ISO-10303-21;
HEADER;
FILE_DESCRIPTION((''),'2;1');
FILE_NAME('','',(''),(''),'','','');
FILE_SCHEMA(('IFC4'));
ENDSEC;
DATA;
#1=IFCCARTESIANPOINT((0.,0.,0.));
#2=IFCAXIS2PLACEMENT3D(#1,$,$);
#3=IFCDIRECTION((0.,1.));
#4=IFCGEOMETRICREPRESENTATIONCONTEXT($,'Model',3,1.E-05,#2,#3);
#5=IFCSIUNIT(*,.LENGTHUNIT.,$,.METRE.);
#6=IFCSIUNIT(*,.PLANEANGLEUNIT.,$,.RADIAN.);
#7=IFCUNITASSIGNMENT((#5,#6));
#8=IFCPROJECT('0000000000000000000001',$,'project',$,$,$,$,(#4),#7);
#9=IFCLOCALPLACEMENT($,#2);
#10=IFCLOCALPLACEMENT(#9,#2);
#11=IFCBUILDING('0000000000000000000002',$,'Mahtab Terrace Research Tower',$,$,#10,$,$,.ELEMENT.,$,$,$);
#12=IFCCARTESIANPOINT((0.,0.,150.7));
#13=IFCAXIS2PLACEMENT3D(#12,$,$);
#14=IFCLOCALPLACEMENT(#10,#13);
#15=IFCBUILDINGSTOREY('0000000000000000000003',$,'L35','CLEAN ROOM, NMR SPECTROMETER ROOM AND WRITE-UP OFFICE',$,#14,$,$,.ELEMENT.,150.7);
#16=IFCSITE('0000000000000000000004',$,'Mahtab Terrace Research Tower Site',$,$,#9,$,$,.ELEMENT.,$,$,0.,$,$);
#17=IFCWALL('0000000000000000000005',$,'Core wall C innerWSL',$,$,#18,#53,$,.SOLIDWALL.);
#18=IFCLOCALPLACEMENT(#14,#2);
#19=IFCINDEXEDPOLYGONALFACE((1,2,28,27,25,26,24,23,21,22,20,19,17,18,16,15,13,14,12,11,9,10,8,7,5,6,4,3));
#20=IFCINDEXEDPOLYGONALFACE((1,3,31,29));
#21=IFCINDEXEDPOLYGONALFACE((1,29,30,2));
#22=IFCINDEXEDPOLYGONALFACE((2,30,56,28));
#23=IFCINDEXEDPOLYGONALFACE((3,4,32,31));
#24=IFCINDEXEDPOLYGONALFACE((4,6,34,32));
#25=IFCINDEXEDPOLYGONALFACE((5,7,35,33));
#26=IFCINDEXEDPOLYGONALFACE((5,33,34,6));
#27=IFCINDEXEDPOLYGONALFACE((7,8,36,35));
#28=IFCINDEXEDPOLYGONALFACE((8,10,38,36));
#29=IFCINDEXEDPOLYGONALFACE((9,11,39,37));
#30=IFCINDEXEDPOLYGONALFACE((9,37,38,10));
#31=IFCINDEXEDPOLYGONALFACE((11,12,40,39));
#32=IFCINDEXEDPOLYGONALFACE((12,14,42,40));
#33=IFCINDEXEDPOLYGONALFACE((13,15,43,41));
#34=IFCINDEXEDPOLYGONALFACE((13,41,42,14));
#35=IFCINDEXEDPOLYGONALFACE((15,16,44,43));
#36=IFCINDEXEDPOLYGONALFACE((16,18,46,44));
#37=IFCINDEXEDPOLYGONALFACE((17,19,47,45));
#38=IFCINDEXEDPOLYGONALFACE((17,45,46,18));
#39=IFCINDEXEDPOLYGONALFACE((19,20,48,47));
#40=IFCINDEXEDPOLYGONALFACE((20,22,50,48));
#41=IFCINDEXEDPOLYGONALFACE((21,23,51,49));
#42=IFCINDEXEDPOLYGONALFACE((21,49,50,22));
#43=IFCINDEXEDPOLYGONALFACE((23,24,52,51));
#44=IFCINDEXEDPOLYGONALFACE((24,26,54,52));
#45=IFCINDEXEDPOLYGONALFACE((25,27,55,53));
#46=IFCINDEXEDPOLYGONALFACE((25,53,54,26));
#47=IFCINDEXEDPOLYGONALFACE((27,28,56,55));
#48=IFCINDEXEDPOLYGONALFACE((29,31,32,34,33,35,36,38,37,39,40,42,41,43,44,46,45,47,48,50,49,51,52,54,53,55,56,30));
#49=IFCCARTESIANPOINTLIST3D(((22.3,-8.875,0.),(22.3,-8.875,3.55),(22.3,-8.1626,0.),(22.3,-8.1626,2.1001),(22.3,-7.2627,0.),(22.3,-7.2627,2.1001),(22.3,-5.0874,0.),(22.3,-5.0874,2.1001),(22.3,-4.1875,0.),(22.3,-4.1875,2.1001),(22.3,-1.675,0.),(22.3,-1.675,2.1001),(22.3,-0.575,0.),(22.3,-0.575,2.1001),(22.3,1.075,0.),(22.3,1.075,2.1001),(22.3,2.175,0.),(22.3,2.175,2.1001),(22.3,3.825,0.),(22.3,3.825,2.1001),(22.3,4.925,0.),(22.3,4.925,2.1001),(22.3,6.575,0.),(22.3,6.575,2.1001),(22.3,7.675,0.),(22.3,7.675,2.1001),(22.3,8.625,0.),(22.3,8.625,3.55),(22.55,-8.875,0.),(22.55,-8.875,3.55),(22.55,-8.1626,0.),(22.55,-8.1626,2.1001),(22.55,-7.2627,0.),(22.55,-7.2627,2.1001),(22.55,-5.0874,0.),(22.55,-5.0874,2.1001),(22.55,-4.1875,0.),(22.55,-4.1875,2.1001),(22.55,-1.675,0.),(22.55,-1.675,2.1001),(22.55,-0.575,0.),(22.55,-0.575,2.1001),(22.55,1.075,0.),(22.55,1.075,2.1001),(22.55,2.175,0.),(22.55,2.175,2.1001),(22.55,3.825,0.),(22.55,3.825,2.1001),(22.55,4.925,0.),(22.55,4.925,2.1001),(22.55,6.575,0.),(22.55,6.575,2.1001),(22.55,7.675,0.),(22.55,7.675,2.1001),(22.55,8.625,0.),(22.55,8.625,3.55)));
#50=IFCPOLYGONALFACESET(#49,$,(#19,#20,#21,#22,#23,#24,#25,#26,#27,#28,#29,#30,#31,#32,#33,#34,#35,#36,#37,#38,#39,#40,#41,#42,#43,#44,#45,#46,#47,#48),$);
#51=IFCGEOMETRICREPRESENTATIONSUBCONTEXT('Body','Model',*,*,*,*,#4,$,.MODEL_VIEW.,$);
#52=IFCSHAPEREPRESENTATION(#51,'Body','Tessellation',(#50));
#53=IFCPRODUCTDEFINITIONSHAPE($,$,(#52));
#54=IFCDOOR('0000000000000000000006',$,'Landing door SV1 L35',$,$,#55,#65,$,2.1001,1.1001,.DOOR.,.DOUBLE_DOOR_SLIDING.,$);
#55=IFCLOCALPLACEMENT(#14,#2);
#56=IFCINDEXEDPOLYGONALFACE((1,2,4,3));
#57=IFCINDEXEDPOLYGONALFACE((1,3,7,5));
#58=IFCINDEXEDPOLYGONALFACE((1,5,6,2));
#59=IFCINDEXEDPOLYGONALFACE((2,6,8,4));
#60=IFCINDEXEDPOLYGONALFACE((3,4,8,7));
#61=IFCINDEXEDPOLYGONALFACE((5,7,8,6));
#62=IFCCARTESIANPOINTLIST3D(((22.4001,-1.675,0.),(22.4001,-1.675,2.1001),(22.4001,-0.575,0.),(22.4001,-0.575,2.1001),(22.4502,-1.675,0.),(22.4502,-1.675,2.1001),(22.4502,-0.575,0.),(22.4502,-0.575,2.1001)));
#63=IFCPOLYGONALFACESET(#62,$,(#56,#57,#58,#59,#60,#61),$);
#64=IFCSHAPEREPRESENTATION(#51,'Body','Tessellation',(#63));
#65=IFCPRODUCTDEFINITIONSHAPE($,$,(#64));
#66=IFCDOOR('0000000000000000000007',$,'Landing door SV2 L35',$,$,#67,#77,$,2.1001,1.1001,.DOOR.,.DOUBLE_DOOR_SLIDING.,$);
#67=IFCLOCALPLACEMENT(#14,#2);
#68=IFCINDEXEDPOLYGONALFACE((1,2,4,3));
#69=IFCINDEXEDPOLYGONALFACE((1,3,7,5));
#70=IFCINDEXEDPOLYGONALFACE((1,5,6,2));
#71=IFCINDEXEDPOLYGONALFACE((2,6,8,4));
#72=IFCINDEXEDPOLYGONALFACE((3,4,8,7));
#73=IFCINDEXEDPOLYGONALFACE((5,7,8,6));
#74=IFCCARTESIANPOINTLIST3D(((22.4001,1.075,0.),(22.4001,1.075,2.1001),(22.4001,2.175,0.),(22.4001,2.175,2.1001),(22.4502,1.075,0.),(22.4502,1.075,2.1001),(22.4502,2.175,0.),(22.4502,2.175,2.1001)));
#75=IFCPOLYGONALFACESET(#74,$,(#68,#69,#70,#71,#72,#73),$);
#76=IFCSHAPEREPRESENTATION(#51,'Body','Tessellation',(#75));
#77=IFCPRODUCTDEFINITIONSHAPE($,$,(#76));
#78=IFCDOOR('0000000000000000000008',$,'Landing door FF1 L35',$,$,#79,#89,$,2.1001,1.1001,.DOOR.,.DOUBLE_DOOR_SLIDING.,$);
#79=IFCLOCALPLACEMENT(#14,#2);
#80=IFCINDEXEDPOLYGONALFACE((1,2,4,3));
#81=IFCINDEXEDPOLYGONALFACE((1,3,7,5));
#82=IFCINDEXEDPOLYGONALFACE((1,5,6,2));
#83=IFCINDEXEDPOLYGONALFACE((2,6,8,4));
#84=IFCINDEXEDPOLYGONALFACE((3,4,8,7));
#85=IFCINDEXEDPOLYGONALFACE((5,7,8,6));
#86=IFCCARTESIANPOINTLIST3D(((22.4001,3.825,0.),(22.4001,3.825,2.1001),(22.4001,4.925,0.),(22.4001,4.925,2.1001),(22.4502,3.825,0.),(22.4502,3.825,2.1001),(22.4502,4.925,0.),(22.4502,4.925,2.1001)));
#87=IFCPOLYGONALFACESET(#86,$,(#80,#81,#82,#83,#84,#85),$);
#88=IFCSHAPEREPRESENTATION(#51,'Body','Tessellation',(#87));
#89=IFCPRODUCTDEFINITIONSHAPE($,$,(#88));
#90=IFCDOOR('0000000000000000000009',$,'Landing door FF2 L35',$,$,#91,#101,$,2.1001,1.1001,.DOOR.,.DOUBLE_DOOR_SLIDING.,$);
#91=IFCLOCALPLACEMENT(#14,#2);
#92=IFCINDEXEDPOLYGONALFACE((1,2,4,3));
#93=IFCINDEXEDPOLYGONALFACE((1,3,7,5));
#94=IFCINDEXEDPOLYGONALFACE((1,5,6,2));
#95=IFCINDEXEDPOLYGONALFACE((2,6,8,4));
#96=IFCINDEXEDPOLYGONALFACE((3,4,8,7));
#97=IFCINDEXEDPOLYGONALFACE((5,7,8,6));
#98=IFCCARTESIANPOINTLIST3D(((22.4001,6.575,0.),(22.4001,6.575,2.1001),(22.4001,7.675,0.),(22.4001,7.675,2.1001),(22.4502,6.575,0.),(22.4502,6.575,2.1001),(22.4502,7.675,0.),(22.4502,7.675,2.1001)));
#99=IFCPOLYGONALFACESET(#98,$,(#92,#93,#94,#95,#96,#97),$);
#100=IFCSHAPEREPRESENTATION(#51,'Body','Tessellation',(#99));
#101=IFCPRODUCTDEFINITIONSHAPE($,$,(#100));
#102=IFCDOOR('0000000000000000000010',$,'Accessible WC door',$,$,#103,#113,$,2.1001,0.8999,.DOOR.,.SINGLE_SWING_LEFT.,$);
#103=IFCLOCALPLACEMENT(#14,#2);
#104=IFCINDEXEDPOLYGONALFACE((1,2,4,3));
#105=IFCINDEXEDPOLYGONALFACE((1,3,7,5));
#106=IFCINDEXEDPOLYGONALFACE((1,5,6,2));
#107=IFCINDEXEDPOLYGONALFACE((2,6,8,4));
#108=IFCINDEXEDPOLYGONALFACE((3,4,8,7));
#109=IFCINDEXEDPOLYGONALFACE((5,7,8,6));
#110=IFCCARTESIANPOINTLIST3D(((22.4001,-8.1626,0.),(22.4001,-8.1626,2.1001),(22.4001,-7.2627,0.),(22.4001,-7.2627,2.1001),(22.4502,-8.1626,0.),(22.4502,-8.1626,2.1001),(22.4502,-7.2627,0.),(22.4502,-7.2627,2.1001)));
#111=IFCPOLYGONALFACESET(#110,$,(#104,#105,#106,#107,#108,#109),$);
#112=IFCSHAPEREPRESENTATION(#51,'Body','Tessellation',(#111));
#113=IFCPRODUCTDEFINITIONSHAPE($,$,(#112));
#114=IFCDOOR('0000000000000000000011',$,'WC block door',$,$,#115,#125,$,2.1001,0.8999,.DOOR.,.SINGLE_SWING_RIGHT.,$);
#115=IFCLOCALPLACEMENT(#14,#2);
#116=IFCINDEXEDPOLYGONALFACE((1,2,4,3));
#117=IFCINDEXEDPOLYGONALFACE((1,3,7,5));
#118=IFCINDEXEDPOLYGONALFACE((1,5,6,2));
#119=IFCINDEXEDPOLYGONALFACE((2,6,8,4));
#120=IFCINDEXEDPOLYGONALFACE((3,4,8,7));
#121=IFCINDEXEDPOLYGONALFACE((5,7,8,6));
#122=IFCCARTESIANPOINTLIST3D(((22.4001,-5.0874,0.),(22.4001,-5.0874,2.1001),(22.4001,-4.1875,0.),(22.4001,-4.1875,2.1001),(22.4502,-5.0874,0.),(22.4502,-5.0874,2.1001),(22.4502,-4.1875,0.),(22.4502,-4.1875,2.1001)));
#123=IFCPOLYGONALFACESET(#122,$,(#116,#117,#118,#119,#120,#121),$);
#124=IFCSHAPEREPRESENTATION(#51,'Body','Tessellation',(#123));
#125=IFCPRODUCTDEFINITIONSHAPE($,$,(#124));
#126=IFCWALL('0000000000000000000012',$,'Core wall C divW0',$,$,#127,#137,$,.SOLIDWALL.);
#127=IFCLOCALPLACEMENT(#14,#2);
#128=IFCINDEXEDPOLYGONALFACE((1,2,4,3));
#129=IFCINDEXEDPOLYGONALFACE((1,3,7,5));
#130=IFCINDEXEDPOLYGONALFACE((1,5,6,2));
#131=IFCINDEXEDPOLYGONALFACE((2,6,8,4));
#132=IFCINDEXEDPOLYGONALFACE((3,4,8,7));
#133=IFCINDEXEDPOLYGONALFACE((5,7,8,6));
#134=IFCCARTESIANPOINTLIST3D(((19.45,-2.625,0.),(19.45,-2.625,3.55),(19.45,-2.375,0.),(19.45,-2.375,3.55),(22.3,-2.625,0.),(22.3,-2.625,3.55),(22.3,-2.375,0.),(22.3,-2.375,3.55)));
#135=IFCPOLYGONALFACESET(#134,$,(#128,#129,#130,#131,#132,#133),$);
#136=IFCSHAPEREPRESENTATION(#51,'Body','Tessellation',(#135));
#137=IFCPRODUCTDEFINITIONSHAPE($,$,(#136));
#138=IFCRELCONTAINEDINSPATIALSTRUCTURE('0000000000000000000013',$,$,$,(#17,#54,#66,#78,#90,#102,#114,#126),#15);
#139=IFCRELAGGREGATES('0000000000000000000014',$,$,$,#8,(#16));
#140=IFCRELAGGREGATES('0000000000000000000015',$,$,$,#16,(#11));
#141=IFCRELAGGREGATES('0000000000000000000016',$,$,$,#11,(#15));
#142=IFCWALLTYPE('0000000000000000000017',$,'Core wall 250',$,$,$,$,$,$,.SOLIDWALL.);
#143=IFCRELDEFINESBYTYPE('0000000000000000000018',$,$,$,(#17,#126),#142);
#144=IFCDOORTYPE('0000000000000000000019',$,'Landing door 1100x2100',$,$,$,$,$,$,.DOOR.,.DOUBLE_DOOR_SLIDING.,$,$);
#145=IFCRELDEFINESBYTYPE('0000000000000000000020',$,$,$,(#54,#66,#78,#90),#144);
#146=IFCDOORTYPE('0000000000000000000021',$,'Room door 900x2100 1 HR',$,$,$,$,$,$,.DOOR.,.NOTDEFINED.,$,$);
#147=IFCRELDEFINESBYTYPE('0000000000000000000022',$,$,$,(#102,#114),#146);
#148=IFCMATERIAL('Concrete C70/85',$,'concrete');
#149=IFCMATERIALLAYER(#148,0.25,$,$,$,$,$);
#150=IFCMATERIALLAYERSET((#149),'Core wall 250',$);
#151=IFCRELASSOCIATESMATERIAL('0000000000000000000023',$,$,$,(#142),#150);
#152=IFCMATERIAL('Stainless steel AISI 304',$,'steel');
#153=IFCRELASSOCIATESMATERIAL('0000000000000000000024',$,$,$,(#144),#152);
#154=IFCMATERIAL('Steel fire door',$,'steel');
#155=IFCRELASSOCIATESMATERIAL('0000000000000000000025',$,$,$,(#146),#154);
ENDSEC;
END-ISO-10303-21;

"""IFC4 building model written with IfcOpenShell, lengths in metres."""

from ifc_helpers import new_model, si_unit, direction, frame, frame_2d, origin, place, context, subcontext, project, spatial, rectangle, extrude, material, layer, layer_set, type_object, element, fill, save


model = new_model("IFC4")

# Units and contexts
model_context = context("Model", 3, precision=1e-05, world=origin(), true_north=direction((0.0, 1.0)))
body_context = subcontext(model_context, "Body", "Model", "MODEL_VIEW")
ifc_project = project(units=[si_unit("LENGTHUNIT", "METRE"), si_unit("PLANEANGLEUNIT", "RADIAN")], contexts=[model_context])

# Site, building, storey
site_placement = place(None, origin())
site = spatial("IfcSite", under=ifc_project, at=site_placement, Name="Mahtab Terrace Research Tower Site", CompositionType="ELEMENT", RefElevation=0.0)
building_placement = place(site_placement, origin())
building = spatial("IfcBuilding", under=site, at=building_placement, Name="Mahtab Terrace Research Tower", CompositionType="ELEMENT")
storey_placement = place(building_placement, frame((0.0, 0.0, 150.7)))
storey = spatial("IfcBuildingStorey", under=building, at=storey_placement, Name="L35", Description="CLEAN ROOM, NMR SPECTROMETER ROOM AND WRITE-UP OFFICE", CompositionType="ELEMENT", Elevation=150.7)

# Shared definitions
ifc_material_1 = material(Name="Concrete C70/85", Category="concrete")

# Wall, openings, doors
ifc_layer_1 = layer(ifc_material_1, 0.25)
ifc_layer_set_1 = layer_set([ifc_layer_1], Name="Core wall 250")
wall_type_1 = type_object("IfcWallType", Name="Core wall 250", PredefinedType="SOLIDWALL", material=ifc_layer_set_1)
wall_1_placement = place(storey_placement, frame((22.425, -8.875, 0.0), z_axis=(0.0, 0.0, 1.0), x_axis=(0.0, 1.0, 0.0)))
wall_1 = element("IfcWall", 1, at=wall_1_placement, inside=storey, type_object=wall_type_1, Name="Core wall C innerWSL", PredefinedType="SOLIDWALL", context=body_context, shape_type="SweptSolid", body=[
    extrude(rectangle(XDim=17.5, YDim=0.25, at=frame_2d((8.75, 0.0))), origin(), (0.0, 0.0, 1.0), 3.55),
])
opening_1_placement = place(wall_1_placement, frame((7.2, 0.0, 0.0)))
opening_1 = element("IfcOpeningElement", 2, at=opening_1_placement, cuts=wall_1, PredefinedType="OPENING", context=body_context, shape_type="SweptSolid", body=[
    extrude(rectangle(XDim=1.1001, YDim=2.1001, at=frame_2d((0.55, 1.05))), frame((0.0, 0.135, 0.0), z_axis=(0.0, -1.0, 0.0), x_axis=(1.0, 0.0, 0.0)), (0.0, 0.0, 1.0), 0.27),
])
opening_2_placement = place(wall_1_placement, frame((9.95, 0.0, 0.0)))
opening_2 = element("IfcOpeningElement", 3, at=opening_2_placement, cuts=wall_1, PredefinedType="OPENING", context=body_context, shape_type="SweptSolid", body=[
    extrude(rectangle(XDim=1.1001, YDim=2.1001, at=frame_2d((0.55, 1.05))), frame((0.0, 0.135, 0.0), z_axis=(0.0, -1.0, 0.0), x_axis=(1.0, 0.0, 0.0)), (0.0, 0.0, 1.0), 0.27),
])
opening_3_placement = place(wall_1_placement, frame((12.7, 0.0, 0.0)))
opening_3 = element("IfcOpeningElement", 4, at=opening_3_placement, cuts=wall_1, PredefinedType="OPENING", context=body_context, shape_type="SweptSolid", body=[
    extrude(rectangle(XDim=1.1001, YDim=2.1001, at=frame_2d((0.55, 1.05))), frame((0.0, 0.135, 0.0), z_axis=(0.0, -1.0, 0.0), x_axis=(1.0, 0.0, 0.0)), (0.0, 0.0, 1.0), 0.27),
])
opening_4_placement = place(wall_1_placement, frame((15.45, 0.0, 0.0)))
opening_4 = element("IfcOpeningElement", 5, at=opening_4_placement, cuts=wall_1, PredefinedType="OPENING", context=body_context, shape_type="SweptSolid", body=[
    extrude(rectangle(XDim=1.1001, YDim=2.1001, at=frame_2d((0.55, 1.05))), frame((0.0, 0.135, 0.0), z_axis=(0.0, -1.0, 0.0), x_axis=(1.0, 0.0, 0.0)), (0.0, 0.0, 1.0), 0.27),
])
opening_5_placement = place(wall_1_placement, frame((0.7124, 0.0, 0.0)))
opening_5 = element("IfcOpeningElement", 6, at=opening_5_placement, cuts=wall_1, PredefinedType="OPENING", context=body_context, shape_type="SweptSolid", body=[
    extrude(rectangle(XDim=0.8999, YDim=2.1001, at=frame_2d((0.45, 1.05))), frame((0.0, 0.135, 0.0), z_axis=(0.0, -1.0, 0.0), x_axis=(1.0, 0.0, 0.0)), (0.0, 0.0, 1.0), 0.27),
])
opening_6_placement = place(wall_1_placement, frame((3.7876, 0.0, 0.0)))
opening_6 = element("IfcOpeningElement", 7, at=opening_6_placement, cuts=wall_1, PredefinedType="OPENING", context=body_context, shape_type="SweptSolid", body=[
    extrude(rectangle(XDim=0.8999, YDim=2.1001, at=frame_2d((0.45, 1.05))), frame((0.0, 0.135, 0.0), z_axis=(0.0, -1.0, 0.0), x_axis=(1.0, 0.0, 0.0)), (0.0, 0.0, 1.0), 0.27),
])
ifc_material_2 = material(Name="Stainless steel AISI 304", Category="steel")
door_type_1 = type_object("IfcDoorType", Name="Landing door 1100x2100", OperationType="DOUBLE_DOOR_SLIDING", PredefinedType="DOOR", material=ifc_material_2)
door_1_placement = place(opening_1_placement, origin())
door_1 = element("IfcDoor", 8, at=door_1_placement, inside=storey, type_object=door_type_1, Name="Landing door SV1 L35", OperationType="DOUBLE_DOOR_SLIDING", OverallHeight=2.1001, OverallWidth=1.1001, PredefinedType="DOOR", context=body_context, shape_type="SweptSolid", body=[
    extrude(rectangle(XDim=1.1001, YDim=2.1001, at=frame_2d((0.55, 1.05))), frame((0.0, 0.0249, 0.0), z_axis=(0.0, -1.0, 0.0), x_axis=(1.0, 0.0, 0.0)), (0.0, 0.0, 1.0), 0.05),
])
fill(opening_1, door_1)
door_2_placement = place(opening_2_placement, origin())
door_2 = element("IfcDoor", 9, at=door_2_placement, inside=storey, type_object=door_type_1, Name="Landing door SV2 L35", OperationType="DOUBLE_DOOR_SLIDING", OverallHeight=2.1001, OverallWidth=1.1001, PredefinedType="DOOR", context=body_context, shape_type="SweptSolid", body=[
    extrude(rectangle(XDim=1.1001, YDim=2.1001, at=frame_2d((0.55, 1.05))), frame((0.0, 0.0249, 0.0), z_axis=(0.0, -1.0, 0.0), x_axis=(1.0, 0.0, 0.0)), (0.0, 0.0, 1.0), 0.05),
])
fill(opening_2, door_2)
door_3_placement = place(opening_3_placement, origin())
door_3 = element("IfcDoor", 10, at=door_3_placement, inside=storey, type_object=door_type_1, Name="Landing door FF1 L35", OperationType="DOUBLE_DOOR_SLIDING", OverallHeight=2.1001, OverallWidth=1.1001, PredefinedType="DOOR", context=body_context, shape_type="SweptSolid", body=[
    extrude(rectangle(XDim=1.1001, YDim=2.1001, at=frame_2d((0.55, 1.05))), frame((0.0, 0.0249, 0.0), z_axis=(0.0, -1.0, 0.0), x_axis=(1.0, 0.0, 0.0)), (0.0, 0.0, 1.0), 0.05),
])
fill(opening_3, door_3)
door_4_placement = place(opening_4_placement, origin())
door_4 = element("IfcDoor", 11, at=door_4_placement, inside=storey, type_object=door_type_1, Name="Landing door FF2 L35", OperationType="DOUBLE_DOOR_SLIDING", OverallHeight=2.1001, OverallWidth=1.1001, PredefinedType="DOOR", context=body_context, shape_type="SweptSolid", body=[
    extrude(rectangle(XDim=1.1001, YDim=2.1001, at=frame_2d((0.55, 1.05))), frame((0.0, 0.0249, 0.0), z_axis=(0.0, -1.0, 0.0), x_axis=(1.0, 0.0, 0.0)), (0.0, 0.0, 1.0), 0.05),
])
fill(opening_4, door_4)
ifc_material_3 = material(Name="Steel fire door", Category="steel")
door_type_2 = type_object("IfcDoorType", Name="Room door 900x2100 1 HR", OperationType="NOTDEFINED", PredefinedType="DOOR", material=ifc_material_3)
door_5_placement = place(opening_5_placement, origin())
door_5 = element("IfcDoor", 12, at=door_5_placement, inside=storey, type_object=door_type_2, Name="Accessible WC door", OperationType="SINGLE_SWING_LEFT", OverallHeight=2.1001, OverallWidth=0.8999, PredefinedType="DOOR", context=body_context, shape_type="SweptSolid", body=[
    extrude(rectangle(XDim=0.8999, YDim=2.1001, at=frame_2d((0.45, 1.05))), frame((0.0, 0.0249, 0.0), z_axis=(0.0, -1.0, 0.0), x_axis=(1.0, 0.0, 0.0)), (0.0, 0.0, 1.0), 0.05),
])
fill(opening_5, door_5)
door_6_placement = place(opening_6_placement, origin())
door_6 = element("IfcDoor", 13, at=door_6_placement, inside=storey, type_object=door_type_2, Name="WC block door", OperationType="SINGLE_SWING_RIGHT", OverallHeight=2.1001, OverallWidth=0.8999, PredefinedType="DOOR", context=body_context, shape_type="SweptSolid", body=[
    extrude(rectangle(XDim=0.8999, YDim=2.1001, at=frame_2d((0.45, 1.05))), frame((0.0, 0.0249, 0.0), z_axis=(0.0, -1.0, 0.0), x_axis=(1.0, 0.0, 0.0)), (0.0, 0.0, 1.0), 0.05),
])
fill(opening_6, door_6)

# Wall
wall_2_placement = place(storey_placement, frame((19.45, -2.5, 0.0), z_axis=(0.0, 0.0, 1.0), x_axis=(1.0, 0.0, 0.0)))
element("IfcWall", 14, at=wall_2_placement, inside=storey, type_object=wall_type_1, Name="Core wall C divW0", PredefinedType="SOLIDWALL", context=body_context, shape_type="SweptSolid", body=[
    extrude(rectangle(XDim=2.8501, YDim=0.25, at=frame_2d((1.425, 0.0))), origin(), (0.0, 0.0, 1.0), 3.55),
])

save(model, "model.ifc")
